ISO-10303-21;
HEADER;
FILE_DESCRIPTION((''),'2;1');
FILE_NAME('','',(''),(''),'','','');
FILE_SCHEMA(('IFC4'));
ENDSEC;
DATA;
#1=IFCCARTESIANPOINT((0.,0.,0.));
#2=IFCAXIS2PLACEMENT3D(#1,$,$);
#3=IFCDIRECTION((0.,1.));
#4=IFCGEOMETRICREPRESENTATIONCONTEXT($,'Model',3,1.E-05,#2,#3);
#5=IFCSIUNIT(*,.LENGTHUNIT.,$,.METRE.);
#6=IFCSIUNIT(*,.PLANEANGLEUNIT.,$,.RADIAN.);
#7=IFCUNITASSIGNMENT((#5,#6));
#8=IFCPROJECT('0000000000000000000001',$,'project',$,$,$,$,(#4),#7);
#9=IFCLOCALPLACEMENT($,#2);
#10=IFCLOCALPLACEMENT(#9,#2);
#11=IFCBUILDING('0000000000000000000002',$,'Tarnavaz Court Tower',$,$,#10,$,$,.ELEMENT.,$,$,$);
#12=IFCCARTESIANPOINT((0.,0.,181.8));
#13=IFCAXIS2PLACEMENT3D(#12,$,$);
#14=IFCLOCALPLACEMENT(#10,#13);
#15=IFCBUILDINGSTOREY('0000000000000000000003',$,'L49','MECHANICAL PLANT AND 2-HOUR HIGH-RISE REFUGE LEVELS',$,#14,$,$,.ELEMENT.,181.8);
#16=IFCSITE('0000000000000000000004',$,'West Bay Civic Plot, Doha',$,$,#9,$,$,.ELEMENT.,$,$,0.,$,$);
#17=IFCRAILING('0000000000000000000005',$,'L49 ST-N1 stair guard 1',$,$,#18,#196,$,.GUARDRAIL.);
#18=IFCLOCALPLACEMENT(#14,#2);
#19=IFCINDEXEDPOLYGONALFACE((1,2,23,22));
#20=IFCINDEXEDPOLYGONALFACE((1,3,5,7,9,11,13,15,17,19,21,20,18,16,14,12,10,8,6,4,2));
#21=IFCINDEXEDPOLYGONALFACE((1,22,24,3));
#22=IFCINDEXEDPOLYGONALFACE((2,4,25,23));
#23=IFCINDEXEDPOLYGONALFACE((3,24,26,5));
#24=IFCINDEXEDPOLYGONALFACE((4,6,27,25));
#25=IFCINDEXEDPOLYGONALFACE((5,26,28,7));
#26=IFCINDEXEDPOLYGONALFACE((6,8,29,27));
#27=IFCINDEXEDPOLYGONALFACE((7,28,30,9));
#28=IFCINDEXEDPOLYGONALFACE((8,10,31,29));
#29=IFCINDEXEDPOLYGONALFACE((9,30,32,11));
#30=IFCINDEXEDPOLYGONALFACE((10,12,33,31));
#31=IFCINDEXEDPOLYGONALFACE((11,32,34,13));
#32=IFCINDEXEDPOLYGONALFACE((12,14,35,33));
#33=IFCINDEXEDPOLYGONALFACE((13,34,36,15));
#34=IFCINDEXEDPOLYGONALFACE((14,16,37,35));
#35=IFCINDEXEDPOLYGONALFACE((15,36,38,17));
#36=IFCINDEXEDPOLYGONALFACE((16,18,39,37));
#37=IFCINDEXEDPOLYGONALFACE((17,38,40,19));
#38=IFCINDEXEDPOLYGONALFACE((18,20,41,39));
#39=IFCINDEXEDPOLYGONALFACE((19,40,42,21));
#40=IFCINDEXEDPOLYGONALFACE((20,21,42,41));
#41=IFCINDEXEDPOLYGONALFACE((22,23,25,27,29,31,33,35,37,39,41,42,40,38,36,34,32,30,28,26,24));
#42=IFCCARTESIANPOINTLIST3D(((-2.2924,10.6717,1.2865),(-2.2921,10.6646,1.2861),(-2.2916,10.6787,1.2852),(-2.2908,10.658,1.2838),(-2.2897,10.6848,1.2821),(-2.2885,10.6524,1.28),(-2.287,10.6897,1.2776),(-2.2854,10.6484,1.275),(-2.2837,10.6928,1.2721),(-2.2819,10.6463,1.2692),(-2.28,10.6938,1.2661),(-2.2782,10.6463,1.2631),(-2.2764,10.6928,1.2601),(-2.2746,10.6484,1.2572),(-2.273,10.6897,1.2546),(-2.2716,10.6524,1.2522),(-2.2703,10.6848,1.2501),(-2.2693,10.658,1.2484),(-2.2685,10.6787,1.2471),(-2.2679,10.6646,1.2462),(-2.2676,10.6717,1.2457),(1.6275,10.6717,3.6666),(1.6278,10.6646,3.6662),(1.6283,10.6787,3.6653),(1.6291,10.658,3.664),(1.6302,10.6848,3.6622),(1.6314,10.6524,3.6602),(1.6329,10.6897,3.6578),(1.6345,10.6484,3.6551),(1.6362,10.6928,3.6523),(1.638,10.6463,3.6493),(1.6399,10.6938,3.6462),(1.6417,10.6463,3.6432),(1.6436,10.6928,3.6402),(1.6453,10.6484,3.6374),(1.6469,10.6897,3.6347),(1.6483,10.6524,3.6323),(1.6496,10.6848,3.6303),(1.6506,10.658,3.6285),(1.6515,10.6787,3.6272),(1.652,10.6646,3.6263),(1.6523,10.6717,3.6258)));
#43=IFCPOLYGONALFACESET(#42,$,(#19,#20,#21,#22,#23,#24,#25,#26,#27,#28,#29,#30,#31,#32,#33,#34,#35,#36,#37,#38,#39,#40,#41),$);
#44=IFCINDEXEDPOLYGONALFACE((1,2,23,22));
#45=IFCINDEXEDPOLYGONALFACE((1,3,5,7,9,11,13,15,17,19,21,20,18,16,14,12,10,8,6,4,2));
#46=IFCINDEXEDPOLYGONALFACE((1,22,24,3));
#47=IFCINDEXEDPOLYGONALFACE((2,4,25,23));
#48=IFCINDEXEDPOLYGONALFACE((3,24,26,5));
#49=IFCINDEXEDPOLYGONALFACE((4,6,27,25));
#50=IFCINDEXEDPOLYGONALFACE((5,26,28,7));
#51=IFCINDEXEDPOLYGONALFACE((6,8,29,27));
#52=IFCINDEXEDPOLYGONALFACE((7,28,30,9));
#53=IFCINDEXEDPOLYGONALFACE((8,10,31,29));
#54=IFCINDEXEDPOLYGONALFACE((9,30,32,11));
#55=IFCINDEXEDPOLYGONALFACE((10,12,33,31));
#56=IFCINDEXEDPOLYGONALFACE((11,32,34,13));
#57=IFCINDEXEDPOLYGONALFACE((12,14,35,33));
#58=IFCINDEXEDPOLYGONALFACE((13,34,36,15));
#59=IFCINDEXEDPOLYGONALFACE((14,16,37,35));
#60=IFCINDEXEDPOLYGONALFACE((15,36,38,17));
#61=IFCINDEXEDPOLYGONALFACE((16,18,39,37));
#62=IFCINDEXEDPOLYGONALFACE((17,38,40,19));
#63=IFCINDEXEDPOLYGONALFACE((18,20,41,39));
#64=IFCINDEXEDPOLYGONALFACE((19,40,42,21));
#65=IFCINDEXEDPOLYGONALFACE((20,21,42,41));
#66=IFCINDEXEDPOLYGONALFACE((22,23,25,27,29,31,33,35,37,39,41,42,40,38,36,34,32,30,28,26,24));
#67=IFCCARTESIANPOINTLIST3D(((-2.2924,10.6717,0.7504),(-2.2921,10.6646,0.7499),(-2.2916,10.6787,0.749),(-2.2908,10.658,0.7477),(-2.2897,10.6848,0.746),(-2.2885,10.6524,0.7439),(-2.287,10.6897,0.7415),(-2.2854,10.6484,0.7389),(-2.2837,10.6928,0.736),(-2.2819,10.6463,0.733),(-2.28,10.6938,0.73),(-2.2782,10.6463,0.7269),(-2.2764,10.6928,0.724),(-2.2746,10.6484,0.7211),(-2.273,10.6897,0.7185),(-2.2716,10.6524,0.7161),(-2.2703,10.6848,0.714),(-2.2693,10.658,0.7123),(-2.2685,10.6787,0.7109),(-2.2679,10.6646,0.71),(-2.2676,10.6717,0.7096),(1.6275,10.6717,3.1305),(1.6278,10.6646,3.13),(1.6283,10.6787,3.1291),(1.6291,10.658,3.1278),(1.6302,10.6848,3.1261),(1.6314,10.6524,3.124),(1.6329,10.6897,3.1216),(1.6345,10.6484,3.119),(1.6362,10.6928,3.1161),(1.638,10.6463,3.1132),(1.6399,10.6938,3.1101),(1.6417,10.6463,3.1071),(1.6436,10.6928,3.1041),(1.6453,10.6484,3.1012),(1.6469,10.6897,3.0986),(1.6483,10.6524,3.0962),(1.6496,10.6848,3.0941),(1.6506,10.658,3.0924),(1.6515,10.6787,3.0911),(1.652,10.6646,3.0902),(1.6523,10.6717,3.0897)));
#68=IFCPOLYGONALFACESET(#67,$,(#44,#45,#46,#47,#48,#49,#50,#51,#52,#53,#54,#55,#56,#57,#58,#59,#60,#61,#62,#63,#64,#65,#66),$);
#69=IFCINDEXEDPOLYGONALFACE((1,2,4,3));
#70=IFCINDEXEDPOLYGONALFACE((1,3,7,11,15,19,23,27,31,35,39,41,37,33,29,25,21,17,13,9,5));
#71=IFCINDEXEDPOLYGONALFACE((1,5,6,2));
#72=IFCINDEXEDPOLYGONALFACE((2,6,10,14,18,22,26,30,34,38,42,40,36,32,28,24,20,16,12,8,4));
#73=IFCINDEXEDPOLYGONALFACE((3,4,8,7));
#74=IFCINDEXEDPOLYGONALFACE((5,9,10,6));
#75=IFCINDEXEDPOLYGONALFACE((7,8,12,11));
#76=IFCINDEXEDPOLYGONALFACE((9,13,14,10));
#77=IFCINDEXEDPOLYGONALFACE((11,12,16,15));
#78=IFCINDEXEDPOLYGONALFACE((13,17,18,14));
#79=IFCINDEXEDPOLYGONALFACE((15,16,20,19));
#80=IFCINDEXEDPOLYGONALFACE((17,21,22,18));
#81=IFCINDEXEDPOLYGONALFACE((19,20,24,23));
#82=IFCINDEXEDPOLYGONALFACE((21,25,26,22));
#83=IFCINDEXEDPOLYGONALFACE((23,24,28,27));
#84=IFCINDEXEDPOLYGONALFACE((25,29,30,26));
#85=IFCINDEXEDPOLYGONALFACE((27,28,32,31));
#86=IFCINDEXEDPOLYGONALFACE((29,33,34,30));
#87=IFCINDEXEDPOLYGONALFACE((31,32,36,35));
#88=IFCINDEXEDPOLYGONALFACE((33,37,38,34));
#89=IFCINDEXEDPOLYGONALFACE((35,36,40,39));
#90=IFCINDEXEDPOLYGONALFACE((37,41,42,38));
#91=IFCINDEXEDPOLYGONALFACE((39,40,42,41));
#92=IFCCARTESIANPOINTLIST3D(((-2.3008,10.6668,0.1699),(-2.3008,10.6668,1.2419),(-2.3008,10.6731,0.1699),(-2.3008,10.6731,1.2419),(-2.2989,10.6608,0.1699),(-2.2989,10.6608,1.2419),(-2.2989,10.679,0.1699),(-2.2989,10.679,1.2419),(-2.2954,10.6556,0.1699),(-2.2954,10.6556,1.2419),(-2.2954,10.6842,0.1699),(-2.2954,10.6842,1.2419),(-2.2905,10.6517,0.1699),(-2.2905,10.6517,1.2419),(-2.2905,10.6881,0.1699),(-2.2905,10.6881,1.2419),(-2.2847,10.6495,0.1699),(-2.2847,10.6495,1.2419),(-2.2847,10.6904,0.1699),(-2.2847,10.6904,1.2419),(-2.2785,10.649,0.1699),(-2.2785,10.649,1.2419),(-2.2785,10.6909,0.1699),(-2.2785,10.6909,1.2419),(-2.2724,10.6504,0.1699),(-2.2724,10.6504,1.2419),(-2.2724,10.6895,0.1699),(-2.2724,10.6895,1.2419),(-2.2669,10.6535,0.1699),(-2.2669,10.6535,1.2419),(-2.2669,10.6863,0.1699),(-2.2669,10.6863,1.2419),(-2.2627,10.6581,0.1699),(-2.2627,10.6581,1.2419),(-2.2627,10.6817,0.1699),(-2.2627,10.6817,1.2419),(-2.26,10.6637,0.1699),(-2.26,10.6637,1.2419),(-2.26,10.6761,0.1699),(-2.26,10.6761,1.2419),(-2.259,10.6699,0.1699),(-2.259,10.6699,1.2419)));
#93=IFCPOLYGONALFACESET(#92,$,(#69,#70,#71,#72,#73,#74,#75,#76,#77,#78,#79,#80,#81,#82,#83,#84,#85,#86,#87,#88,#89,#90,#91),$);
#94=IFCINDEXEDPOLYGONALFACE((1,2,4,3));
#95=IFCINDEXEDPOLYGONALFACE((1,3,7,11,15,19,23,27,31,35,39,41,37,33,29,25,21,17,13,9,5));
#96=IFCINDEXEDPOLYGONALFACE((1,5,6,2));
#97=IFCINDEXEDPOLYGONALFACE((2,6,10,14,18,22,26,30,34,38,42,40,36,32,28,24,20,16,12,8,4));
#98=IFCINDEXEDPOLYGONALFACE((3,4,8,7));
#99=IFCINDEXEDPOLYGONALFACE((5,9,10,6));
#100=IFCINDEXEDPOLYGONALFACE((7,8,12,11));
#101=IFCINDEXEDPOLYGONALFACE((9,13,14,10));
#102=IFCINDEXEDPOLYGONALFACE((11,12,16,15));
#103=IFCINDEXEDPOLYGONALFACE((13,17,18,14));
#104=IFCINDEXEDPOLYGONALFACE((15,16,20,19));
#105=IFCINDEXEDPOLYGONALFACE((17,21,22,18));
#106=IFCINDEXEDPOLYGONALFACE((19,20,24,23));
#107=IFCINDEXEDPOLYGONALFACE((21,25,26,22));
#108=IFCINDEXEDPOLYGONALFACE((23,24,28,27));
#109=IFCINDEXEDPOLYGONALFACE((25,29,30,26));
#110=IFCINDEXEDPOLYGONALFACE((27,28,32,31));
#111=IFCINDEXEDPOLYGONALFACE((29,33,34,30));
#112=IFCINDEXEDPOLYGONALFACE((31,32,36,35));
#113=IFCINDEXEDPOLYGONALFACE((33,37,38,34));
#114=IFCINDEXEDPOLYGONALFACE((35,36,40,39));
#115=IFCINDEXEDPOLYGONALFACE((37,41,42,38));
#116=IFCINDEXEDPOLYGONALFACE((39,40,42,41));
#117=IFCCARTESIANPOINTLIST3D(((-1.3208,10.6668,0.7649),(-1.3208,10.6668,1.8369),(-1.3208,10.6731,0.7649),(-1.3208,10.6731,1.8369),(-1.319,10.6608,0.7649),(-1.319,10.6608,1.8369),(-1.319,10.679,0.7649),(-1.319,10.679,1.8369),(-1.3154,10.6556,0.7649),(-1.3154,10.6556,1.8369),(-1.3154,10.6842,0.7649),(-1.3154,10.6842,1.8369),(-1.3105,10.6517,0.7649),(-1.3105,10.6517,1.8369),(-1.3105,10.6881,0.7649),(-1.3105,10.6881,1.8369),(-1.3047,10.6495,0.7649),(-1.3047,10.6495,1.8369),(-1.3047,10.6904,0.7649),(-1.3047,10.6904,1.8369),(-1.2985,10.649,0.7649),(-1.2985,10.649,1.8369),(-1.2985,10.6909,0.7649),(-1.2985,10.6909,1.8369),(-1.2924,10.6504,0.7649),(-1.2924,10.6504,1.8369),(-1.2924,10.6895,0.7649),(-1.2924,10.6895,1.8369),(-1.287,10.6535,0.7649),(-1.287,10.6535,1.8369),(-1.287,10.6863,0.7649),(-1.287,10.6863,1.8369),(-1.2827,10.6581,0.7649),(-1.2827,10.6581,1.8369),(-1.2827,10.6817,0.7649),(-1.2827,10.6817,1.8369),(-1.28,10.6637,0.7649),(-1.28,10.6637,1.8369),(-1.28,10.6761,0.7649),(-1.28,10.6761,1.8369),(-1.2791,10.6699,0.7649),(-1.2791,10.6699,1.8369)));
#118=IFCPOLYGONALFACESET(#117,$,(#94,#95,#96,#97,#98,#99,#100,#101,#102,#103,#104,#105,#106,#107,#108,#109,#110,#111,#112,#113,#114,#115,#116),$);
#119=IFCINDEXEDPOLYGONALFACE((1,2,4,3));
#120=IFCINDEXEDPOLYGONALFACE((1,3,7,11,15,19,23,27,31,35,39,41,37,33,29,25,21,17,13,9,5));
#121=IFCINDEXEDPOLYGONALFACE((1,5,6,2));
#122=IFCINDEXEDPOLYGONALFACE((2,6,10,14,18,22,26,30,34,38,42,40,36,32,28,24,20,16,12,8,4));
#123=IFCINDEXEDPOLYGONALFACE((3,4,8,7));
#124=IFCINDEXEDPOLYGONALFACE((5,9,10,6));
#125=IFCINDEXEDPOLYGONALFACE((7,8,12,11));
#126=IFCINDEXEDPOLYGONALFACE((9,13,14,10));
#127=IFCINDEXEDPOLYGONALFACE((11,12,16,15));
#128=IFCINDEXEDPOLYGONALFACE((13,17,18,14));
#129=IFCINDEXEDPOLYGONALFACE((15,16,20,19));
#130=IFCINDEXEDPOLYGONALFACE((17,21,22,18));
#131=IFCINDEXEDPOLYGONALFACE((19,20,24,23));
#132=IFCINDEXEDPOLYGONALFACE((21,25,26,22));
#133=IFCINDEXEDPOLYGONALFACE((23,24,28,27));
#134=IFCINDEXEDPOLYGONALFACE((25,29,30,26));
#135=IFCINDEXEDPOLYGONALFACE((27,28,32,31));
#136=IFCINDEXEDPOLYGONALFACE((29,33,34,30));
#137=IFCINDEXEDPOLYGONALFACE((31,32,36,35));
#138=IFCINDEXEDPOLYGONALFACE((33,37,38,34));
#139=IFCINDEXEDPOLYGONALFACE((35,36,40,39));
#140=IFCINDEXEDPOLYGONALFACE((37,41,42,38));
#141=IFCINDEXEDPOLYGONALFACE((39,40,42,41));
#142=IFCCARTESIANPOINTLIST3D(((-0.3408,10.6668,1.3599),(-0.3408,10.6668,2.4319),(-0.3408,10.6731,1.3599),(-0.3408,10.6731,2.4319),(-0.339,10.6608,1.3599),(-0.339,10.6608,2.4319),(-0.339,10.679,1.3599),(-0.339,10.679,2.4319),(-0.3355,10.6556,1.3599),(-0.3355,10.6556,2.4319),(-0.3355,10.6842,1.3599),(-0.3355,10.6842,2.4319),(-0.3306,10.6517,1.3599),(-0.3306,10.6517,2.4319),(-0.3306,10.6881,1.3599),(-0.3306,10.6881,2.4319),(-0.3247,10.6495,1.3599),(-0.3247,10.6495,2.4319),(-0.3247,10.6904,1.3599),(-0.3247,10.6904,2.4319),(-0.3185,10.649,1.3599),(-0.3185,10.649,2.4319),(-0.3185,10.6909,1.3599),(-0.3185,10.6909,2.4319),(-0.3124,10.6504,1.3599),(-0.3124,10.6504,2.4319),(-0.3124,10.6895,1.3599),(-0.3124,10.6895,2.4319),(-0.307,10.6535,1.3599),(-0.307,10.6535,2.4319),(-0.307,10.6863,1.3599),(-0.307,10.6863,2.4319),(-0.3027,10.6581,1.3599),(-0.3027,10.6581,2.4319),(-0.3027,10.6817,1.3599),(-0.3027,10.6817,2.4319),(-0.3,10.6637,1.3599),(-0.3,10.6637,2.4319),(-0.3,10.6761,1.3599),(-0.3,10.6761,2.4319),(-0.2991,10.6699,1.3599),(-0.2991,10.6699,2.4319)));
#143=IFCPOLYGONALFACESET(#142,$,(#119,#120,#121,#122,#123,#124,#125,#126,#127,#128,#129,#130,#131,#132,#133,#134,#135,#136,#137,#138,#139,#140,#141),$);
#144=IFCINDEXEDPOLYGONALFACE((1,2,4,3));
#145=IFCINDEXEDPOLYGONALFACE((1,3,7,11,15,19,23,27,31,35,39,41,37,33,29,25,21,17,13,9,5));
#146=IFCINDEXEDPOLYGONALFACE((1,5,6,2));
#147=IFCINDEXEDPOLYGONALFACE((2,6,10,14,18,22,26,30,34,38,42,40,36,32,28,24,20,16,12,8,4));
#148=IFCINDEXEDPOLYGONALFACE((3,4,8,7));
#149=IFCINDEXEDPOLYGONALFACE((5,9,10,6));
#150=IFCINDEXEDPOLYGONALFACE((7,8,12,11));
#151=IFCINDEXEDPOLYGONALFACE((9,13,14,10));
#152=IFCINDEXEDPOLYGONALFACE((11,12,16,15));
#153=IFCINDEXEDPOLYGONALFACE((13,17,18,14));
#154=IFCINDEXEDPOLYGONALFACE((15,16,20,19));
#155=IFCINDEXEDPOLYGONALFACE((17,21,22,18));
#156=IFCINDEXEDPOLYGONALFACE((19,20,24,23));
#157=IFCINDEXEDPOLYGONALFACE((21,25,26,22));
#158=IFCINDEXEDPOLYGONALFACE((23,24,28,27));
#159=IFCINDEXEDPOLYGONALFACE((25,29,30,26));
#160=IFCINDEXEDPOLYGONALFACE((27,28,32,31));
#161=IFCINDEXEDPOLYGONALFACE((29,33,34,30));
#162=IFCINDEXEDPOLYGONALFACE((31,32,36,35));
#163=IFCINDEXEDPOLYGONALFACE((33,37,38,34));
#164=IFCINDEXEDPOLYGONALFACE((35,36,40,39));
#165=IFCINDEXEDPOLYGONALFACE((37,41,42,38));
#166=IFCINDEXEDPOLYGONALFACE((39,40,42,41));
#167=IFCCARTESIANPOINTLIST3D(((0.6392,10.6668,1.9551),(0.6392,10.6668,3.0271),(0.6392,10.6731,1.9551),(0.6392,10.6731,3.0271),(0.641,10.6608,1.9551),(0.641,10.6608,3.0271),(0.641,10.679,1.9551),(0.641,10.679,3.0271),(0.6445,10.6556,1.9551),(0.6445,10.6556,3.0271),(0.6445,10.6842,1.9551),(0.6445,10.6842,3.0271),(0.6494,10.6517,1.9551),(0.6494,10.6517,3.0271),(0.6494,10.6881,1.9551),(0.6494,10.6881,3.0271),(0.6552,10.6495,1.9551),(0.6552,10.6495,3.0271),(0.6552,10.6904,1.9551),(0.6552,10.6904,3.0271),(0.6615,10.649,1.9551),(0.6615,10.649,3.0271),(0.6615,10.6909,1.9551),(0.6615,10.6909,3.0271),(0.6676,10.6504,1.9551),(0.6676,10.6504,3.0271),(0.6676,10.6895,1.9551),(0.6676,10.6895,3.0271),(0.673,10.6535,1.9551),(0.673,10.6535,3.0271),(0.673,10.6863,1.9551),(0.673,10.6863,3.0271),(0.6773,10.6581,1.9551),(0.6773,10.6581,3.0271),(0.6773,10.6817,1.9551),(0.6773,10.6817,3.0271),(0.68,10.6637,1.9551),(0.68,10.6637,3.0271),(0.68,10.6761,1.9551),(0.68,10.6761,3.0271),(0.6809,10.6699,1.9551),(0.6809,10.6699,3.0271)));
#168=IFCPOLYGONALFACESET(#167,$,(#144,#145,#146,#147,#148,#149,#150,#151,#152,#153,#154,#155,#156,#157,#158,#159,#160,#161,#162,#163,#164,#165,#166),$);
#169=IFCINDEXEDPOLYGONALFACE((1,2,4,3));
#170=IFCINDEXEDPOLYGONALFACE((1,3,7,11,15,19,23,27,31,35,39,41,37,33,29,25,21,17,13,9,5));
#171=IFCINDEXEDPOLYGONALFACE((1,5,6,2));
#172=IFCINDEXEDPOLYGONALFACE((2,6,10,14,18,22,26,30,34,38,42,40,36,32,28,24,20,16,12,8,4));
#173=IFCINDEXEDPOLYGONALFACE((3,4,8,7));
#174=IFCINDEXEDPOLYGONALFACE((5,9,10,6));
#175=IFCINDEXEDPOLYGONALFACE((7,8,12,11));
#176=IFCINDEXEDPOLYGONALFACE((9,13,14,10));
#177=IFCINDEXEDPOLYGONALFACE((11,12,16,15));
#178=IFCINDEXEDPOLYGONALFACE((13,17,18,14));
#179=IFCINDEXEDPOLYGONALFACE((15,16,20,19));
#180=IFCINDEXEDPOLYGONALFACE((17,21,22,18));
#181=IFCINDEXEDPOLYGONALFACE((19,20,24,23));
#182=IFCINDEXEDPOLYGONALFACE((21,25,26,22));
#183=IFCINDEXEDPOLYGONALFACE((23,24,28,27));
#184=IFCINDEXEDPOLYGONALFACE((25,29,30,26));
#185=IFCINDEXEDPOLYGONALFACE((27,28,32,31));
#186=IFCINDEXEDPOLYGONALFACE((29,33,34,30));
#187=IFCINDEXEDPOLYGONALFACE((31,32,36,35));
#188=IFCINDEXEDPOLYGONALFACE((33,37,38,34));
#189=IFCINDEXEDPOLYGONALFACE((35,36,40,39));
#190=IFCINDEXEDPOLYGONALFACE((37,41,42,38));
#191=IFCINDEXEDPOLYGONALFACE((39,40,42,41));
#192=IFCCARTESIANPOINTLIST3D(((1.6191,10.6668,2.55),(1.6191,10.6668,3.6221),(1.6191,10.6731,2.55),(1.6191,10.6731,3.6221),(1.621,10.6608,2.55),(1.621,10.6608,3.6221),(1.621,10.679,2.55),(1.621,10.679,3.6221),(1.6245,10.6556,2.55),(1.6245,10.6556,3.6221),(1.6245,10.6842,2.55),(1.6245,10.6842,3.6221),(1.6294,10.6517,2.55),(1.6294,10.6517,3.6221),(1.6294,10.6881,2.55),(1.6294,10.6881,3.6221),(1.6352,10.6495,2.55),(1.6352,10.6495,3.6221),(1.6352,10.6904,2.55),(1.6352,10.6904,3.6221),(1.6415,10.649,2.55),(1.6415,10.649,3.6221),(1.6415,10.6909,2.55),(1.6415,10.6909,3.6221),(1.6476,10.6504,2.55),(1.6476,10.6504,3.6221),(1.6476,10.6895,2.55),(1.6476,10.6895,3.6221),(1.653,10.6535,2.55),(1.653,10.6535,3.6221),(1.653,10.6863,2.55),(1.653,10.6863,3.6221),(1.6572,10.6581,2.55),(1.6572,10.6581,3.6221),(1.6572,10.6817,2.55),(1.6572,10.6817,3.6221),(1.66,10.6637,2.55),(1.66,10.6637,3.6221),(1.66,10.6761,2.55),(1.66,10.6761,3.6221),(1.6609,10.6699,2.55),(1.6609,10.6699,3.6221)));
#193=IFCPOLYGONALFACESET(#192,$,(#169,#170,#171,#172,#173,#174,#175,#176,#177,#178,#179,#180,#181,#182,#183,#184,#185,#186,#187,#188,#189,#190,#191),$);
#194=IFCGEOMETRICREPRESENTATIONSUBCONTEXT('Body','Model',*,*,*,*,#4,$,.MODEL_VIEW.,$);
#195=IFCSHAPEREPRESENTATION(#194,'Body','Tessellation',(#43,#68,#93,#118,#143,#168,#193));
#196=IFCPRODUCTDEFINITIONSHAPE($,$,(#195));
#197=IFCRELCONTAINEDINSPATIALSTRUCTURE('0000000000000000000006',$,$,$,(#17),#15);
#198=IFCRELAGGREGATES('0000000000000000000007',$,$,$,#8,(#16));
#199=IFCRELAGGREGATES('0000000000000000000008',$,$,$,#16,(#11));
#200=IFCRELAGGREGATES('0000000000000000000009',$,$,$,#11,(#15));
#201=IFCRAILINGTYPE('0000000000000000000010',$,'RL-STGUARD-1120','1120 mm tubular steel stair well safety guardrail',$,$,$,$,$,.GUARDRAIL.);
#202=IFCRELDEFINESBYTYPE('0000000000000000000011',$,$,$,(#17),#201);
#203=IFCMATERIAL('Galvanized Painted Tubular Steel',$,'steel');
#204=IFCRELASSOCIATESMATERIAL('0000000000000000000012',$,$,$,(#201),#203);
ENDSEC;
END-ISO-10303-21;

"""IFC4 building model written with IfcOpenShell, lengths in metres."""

from ifc_helpers import new_model, si_unit, direction, frame, origin, origin_2d, place, context, subcontext, project, spatial, circle, extrude, material, type_object, element, save


model = new_model("IFC4")

# Units and contexts
model_context = context("Model", 3, precision=1e-05, world=origin(), true_north=direction((0.0, 1.0)))
body_context = subcontext(model_context, "Body", "Model", "MODEL_VIEW")
ifc_project = project(units=[si_unit("LENGTHUNIT", "METRE"), si_unit("PLANEANGLEUNIT", "RADIAN")], contexts=[model_context])

# Site, building, storey
site_placement = place(None, origin())
site = spatial("IfcSite", under=ifc_project, at=site_placement, Name="West Bay Civic Plot, Doha", CompositionType="ELEMENT", RefElevation=0.0)
building_placement = place(site_placement, origin())
building = spatial("IfcBuilding", under=site, at=building_placement, Name="Tarnavaz Court Tower", CompositionType="ELEMENT")
storey_placement = place(building_placement, frame((0.0, 0.0, 181.8)))
storey = spatial("IfcBuildingStorey", under=building, at=storey_placement, Name="L49", Description="MECHANICAL PLANT AND 2-HOUR HIGH-RISE REFUGE LEVELS", CompositionType="ELEMENT", Elevation=181.8)

# Railing
ifc_material_1 = material(Name="Galvanized Painted Tubular Steel", Category="steel")
railing_type_1 = type_object("IfcRailingType", Name="RL-STGUARD-1120", Description="1120 mm tubular steel stair well safety guardrail", PredefinedType="GUARDRAIL", material=ifc_material_1)
railing_1_placement = place(storey_placement, frame((-2.28, 10.6699, 0.1699)))
element("IfcRailing", 1, at=railing_1_placement, inside=storey, type_object=railing_type_1, Name="L49 ST-N1 stair guard 1", PredefinedType="GUARDRAIL", context=body_context, shape_type="SweptSolid", body=[
    extrude(circle(Radius=0.0239, at=origin_2d()), frame((0.0, 0.0, 1.0962), z_axis=(0.854771, 0.0, 0.519006), x_axis=(0.0, 1.0, 0.0)), (0.0, 0.0, 1.0), 4.5859),
    extrude(circle(Radius=0.0239, at=origin_2d()), frame((0.0, 0.0, 0.5601), z_axis=(0.854771, 0.0, 0.519006), x_axis=(0.0, 1.0, 0.0)), (0.0, 0.0, 1.0), 4.5859),
    extrude(circle(Radius=0.021, at=origin_2d()), origin(), (0.0, 0.0, 1.0), 1.072),
    extrude(circle(Radius=0.021, at=origin_2d()), frame((0.98, 0.0, 0.595)), (0.0, 0.0, 1.0), 1.072),
    extrude(circle(Radius=0.021, at=origin_2d()), frame((1.96, 0.0, 1.1899)), (0.0, 0.0, 1.0), 1.072),
    extrude(circle(Radius=0.021, at=origin_2d()), frame((2.9399, 0.0, 1.7852)), (0.0, 0.0, 1.0), 1.072),
    extrude(circle(Radius=0.021, at=origin_2d()), frame((3.9199, 0.0, 2.3801)), (0.0, 0.0, 1.0), 1.072),
])

save(model, "model.ifc")
